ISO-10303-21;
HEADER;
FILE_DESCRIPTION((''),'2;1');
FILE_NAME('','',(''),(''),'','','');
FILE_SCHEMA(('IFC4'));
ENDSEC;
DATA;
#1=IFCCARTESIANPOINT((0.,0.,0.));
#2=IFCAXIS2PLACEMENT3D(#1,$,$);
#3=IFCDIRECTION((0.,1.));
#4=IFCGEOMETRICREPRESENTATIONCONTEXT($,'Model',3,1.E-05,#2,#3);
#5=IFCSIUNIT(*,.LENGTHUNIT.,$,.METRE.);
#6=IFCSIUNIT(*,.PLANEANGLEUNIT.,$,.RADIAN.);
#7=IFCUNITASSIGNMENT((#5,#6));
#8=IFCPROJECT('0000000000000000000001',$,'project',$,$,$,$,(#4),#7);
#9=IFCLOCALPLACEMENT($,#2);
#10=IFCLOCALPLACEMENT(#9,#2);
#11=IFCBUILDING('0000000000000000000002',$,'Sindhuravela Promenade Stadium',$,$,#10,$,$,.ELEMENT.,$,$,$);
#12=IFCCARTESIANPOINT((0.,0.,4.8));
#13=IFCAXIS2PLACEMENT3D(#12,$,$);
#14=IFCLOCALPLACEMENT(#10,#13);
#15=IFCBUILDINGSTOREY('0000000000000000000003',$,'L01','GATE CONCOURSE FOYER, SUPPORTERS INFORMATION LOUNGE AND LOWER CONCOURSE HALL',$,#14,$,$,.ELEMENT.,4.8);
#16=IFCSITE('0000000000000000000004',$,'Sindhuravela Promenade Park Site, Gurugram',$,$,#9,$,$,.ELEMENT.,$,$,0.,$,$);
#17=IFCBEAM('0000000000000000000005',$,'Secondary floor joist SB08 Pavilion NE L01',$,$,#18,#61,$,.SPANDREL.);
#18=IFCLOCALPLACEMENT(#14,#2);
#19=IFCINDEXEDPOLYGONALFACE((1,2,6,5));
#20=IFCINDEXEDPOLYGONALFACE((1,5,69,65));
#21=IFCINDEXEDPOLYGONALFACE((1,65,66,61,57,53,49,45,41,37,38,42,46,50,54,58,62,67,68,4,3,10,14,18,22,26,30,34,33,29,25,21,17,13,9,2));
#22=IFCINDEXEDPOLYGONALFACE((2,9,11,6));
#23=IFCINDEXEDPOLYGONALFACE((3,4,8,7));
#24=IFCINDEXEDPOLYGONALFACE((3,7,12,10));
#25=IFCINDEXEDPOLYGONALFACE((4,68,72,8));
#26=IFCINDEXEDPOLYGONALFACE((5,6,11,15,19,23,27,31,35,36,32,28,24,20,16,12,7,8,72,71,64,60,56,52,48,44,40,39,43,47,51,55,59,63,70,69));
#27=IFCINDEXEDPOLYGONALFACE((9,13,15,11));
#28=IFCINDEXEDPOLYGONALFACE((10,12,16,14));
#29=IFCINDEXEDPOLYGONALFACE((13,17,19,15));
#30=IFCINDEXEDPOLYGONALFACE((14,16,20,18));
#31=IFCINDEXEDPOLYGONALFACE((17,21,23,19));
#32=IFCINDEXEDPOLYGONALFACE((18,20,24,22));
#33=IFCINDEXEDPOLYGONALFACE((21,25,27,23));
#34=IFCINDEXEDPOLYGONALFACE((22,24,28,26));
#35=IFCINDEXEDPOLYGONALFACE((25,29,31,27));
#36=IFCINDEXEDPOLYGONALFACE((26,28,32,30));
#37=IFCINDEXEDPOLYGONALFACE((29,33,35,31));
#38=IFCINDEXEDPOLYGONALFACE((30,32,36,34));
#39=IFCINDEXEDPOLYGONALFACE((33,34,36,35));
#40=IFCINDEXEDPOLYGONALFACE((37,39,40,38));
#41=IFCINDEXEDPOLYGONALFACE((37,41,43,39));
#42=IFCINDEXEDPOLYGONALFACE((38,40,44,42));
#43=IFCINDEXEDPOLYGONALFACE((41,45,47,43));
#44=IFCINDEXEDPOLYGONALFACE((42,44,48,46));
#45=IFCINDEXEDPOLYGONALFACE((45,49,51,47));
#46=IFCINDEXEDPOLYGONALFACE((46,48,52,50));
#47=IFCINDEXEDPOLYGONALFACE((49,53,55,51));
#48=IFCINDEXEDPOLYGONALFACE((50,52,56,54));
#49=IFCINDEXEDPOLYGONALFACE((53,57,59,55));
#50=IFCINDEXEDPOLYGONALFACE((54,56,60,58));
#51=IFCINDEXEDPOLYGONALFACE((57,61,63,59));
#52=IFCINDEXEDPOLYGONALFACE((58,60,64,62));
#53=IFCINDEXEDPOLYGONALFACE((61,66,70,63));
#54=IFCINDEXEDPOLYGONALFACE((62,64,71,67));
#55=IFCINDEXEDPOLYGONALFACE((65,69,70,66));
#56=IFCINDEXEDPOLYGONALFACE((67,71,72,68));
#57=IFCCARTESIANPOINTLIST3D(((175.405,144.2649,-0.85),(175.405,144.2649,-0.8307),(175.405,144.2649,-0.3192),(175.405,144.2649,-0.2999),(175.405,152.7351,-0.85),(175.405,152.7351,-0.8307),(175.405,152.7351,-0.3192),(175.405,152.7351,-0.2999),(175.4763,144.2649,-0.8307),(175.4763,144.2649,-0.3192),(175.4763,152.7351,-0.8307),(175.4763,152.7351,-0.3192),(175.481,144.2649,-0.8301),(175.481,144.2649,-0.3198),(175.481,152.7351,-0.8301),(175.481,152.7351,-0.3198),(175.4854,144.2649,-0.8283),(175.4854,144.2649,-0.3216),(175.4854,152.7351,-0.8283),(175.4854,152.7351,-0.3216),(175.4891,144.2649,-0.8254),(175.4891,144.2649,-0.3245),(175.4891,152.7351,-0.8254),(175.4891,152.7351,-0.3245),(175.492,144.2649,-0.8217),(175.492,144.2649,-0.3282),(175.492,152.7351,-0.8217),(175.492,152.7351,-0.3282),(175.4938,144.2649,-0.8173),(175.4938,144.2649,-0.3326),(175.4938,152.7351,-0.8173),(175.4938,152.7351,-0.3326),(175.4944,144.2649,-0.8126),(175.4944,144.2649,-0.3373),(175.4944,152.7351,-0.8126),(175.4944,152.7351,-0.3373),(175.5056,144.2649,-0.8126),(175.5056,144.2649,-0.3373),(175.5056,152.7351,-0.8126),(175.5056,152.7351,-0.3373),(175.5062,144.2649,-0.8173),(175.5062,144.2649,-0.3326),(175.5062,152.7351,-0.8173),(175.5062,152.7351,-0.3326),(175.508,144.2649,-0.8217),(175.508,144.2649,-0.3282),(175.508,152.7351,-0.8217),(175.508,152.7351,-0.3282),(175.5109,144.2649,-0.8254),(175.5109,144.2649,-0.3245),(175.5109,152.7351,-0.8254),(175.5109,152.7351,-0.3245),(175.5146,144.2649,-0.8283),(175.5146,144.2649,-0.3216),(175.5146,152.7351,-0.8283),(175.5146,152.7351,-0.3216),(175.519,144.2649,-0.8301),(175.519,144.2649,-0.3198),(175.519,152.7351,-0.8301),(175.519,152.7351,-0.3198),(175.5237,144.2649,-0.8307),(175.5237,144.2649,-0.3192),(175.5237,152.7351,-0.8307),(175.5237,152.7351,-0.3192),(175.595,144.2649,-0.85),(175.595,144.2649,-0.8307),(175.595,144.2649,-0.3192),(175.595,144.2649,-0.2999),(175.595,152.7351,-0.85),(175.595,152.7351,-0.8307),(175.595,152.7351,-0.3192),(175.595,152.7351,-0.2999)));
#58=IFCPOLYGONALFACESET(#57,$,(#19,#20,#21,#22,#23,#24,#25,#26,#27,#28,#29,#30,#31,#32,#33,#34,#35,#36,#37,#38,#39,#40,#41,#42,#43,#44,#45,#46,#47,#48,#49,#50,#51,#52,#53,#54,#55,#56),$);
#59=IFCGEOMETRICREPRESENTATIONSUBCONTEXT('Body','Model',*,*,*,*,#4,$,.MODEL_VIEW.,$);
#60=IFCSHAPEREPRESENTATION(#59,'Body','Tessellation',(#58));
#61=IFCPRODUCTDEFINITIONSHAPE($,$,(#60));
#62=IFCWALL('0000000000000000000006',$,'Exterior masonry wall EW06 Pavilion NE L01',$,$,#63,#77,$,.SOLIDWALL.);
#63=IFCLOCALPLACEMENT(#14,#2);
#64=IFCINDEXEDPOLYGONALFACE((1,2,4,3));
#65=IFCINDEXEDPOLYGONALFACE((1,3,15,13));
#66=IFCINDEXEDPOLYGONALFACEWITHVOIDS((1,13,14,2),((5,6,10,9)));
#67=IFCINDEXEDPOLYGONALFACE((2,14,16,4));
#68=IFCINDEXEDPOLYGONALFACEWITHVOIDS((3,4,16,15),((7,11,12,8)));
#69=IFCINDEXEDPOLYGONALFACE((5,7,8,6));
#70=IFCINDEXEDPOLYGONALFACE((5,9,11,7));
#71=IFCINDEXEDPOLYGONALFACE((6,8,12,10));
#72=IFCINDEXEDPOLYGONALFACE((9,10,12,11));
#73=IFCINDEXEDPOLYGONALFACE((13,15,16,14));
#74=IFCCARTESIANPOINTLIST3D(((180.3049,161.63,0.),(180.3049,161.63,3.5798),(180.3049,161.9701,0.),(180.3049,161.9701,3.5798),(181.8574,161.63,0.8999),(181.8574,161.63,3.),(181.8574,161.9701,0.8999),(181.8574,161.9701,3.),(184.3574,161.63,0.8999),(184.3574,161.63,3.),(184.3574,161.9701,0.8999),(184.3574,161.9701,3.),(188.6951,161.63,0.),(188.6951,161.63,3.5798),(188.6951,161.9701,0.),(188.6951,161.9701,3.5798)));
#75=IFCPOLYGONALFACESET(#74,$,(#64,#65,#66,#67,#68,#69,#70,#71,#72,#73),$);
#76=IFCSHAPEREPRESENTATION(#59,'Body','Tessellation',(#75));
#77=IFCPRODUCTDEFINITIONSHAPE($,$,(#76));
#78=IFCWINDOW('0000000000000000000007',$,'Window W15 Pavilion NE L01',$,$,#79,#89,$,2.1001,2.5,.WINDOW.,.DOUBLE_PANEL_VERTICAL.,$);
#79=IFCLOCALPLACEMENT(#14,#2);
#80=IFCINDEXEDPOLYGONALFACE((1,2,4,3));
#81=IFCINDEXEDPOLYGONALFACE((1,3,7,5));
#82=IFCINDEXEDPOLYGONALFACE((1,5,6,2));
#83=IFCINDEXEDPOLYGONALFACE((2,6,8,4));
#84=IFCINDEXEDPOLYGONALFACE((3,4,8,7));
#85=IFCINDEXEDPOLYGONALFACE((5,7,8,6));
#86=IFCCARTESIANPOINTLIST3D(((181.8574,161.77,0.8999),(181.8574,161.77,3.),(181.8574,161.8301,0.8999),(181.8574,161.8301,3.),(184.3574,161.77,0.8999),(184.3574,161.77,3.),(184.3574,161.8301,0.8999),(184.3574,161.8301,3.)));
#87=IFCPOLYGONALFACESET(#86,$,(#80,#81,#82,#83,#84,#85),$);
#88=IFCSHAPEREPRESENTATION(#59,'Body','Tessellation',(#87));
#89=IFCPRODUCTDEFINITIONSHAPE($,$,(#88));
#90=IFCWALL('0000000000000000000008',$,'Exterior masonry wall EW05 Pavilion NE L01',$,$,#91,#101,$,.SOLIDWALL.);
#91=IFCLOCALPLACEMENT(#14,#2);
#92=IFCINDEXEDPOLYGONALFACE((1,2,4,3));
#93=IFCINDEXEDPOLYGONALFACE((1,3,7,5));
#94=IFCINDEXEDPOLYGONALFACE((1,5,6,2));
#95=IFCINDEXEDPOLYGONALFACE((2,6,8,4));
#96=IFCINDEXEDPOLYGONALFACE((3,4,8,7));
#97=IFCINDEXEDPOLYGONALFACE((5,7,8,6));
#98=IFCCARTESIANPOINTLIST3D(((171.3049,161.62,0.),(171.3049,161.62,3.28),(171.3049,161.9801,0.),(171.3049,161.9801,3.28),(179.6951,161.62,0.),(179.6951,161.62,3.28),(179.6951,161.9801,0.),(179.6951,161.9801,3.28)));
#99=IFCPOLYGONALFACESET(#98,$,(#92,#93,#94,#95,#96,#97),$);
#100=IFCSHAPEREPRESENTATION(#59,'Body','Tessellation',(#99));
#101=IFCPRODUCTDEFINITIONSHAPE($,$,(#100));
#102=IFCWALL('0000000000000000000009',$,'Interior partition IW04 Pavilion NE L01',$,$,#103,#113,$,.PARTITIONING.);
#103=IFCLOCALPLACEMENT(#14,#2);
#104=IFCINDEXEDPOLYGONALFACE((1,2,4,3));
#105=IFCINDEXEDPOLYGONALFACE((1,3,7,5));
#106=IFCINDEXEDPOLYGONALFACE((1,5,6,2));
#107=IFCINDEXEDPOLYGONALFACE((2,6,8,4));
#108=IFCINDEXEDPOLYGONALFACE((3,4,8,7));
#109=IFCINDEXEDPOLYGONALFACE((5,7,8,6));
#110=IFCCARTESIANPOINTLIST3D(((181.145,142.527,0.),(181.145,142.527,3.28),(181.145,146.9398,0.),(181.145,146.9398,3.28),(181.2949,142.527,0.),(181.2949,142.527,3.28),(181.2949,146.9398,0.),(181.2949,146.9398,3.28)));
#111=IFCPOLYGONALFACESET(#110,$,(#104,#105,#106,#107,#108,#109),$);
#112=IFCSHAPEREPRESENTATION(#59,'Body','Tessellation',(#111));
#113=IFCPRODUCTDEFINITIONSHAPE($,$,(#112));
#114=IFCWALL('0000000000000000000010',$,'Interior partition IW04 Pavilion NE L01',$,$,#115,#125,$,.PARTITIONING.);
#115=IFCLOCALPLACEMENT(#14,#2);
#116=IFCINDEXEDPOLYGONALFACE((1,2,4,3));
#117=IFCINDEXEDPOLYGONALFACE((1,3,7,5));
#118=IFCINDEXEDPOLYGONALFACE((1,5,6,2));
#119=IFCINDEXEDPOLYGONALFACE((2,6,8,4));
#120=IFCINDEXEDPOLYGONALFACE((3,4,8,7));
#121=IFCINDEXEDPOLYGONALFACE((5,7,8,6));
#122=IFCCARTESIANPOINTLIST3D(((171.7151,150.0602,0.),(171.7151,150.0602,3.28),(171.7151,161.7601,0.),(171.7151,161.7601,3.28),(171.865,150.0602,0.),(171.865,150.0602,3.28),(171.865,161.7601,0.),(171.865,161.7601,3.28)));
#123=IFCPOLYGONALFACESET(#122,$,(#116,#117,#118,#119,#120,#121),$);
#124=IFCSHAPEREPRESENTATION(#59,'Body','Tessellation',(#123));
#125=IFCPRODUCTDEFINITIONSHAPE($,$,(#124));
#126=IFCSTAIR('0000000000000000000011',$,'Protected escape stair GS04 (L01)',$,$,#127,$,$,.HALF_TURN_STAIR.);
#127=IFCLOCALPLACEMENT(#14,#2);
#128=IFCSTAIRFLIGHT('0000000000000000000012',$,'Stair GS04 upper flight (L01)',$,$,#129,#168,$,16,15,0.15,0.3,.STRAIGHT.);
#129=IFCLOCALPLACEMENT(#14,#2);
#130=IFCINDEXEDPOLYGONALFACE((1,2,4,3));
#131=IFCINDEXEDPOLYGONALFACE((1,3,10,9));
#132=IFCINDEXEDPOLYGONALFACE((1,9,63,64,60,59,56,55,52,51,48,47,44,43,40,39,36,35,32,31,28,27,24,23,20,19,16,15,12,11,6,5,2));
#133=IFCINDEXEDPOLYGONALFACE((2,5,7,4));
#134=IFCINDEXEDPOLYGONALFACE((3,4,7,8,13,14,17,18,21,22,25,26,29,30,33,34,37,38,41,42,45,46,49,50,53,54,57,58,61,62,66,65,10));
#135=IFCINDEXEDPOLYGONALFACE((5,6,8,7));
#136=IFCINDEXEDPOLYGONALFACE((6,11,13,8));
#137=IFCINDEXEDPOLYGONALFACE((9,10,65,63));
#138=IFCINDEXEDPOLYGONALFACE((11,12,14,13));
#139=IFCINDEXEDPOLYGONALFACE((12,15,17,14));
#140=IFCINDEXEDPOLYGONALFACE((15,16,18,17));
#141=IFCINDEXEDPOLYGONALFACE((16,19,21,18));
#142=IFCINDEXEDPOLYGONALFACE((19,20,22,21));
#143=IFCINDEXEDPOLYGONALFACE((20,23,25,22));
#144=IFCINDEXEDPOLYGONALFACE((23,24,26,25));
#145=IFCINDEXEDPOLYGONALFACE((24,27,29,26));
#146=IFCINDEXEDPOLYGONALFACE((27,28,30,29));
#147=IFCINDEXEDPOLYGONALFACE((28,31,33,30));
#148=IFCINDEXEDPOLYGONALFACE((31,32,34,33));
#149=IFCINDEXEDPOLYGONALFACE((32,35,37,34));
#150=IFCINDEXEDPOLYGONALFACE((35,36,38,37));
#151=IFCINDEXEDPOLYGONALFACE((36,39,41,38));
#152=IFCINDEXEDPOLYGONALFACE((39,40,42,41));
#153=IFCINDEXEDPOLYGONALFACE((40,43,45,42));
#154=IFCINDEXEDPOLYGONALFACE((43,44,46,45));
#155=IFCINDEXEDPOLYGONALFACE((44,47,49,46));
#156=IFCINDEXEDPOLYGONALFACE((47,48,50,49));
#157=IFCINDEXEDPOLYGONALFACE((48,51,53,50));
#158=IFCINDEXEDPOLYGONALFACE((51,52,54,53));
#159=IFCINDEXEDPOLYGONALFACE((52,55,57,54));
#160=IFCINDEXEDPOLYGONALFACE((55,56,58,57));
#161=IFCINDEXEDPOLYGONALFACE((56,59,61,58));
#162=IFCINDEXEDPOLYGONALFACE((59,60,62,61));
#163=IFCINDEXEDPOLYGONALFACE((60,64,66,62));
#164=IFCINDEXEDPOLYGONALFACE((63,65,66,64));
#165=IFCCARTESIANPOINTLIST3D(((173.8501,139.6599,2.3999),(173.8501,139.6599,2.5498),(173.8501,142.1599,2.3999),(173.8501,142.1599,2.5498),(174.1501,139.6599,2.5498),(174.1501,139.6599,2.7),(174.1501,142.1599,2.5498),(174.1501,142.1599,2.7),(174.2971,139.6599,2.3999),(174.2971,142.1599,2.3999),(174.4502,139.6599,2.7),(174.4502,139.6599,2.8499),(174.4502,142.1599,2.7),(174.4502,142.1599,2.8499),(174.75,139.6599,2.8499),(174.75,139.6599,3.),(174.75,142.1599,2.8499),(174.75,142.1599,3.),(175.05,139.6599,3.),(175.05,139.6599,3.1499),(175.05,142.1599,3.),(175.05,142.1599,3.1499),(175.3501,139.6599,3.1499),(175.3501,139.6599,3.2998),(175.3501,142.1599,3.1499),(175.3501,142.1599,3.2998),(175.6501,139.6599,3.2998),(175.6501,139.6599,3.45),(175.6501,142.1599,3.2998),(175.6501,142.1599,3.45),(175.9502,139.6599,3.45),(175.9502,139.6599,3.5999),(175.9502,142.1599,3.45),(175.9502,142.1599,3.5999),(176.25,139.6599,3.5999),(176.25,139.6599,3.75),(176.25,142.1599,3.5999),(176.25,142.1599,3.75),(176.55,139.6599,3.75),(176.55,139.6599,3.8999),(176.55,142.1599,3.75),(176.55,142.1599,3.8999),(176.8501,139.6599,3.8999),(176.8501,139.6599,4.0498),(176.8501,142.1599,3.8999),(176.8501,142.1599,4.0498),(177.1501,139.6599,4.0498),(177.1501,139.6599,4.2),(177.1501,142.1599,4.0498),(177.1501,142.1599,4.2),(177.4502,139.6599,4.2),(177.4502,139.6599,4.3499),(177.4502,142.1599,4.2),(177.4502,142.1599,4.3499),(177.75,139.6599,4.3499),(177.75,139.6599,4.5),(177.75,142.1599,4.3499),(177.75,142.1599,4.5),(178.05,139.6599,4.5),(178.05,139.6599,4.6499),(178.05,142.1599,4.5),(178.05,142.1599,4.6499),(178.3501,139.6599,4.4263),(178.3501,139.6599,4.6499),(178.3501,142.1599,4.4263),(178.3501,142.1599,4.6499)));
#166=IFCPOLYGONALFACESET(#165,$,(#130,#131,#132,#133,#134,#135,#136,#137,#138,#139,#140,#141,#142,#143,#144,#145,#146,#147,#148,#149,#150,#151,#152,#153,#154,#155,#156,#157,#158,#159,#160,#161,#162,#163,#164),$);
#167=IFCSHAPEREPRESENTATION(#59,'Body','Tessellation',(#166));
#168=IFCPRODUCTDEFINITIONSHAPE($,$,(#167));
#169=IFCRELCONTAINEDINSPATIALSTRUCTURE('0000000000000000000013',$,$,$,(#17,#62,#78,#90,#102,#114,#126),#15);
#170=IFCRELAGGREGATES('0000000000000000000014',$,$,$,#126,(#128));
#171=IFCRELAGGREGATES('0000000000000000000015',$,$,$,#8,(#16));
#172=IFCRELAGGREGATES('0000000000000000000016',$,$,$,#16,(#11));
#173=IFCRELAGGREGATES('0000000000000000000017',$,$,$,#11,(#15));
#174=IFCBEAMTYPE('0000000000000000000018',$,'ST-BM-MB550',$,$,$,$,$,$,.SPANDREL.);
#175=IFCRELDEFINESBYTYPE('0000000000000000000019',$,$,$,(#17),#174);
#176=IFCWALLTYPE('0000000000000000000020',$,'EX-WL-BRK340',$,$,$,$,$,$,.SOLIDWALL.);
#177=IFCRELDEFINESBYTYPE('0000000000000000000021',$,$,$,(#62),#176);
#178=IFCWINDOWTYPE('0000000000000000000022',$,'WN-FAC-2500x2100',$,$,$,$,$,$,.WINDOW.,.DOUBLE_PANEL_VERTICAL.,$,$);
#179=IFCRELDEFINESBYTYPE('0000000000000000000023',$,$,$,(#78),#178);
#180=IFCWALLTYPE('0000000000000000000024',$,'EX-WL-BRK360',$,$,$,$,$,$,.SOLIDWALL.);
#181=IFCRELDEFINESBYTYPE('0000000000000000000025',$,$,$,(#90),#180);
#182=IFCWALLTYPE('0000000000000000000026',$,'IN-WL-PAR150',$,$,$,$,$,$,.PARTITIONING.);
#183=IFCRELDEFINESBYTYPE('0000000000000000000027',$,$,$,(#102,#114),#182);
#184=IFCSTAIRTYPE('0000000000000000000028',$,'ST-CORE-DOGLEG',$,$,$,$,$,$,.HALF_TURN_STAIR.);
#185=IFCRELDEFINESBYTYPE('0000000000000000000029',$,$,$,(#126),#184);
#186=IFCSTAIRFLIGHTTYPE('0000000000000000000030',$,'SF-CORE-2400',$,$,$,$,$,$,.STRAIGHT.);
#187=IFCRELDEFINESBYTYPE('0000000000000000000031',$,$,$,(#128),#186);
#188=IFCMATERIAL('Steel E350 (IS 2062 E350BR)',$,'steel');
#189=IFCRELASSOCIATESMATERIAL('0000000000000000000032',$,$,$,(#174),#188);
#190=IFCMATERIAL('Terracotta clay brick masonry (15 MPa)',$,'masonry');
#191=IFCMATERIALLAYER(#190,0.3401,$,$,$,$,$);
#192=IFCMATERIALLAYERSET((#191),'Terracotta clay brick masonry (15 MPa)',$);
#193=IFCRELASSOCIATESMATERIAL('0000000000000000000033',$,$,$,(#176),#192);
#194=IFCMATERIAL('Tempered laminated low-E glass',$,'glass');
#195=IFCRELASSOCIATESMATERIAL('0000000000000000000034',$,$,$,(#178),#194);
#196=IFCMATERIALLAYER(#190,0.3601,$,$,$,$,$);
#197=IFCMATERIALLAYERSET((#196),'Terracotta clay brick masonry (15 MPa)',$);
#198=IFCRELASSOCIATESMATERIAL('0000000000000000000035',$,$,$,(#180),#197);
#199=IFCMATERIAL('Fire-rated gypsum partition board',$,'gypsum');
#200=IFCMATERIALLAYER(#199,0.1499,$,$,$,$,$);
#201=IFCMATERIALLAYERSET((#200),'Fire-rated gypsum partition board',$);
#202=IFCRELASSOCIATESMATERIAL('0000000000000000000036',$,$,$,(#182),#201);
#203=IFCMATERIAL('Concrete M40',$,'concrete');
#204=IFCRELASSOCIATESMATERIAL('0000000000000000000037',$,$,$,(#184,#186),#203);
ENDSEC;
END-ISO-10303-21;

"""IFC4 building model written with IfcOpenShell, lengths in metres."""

from ifc_helpers import new_model, si_unit, direction, frame, frame_2d, origin, origin_2d, place, context, subcontext, project, spatial, polyline, rectangle, i_section, outline, extrude, material, layer, layer_set, material_profile, profile_set, type_object, element, fill, aggregate, save


model = new_model("IFC4")

# Units and contexts
model_context = context("Model", 3, precision=1e-05, world=origin(), true_north=direction((0.0, 1.0)))
body_context = subcontext(model_context, "Body", "Model", "MODEL_VIEW")
ifc_project = project(units=[si_unit("LENGTHUNIT", "METRE"), si_unit("PLANEANGLEUNIT", "RADIAN")], contexts=[model_context])

# Site, building, storey
site_placement = place(None, origin())
site = spatial("IfcSite", under=ifc_project, at=site_placement, Name="Sindhuravela Promenade Park Site, Gurugram", CompositionType="ELEMENT", RefElevation=0.0)
building_placement = place(site_placement, origin())
building = spatial("IfcBuilding", under=site, at=building_placement, Name="Sindhuravela Promenade Stadium", CompositionType="ELEMENT")
storey_placement = place(building_placement, frame((0.0, 0.0, 4.8)))
storey = spatial("IfcBuildingStorey", under=building, at=storey_placement, Name="L01", Description="GATE CONCOURSE FOYER, SUPPORTERS INFORMATION LOUNGE AND LOWER CONCOURSE HALL", CompositionType="ELEMENT", Elevation=4.8)

# Shared definitions
ifc_material_1 = material(Name="Concrete M40", Category="concrete")

# Beam
ifc_material_2 = material(Name="Steel E350 (IS 2062 E350BR)", Category="steel")
ifc_material_profile_1 = material_profile(ifc_material_2, i_section(OverallWidth=0.1899, OverallDepth=0.55, WebThickness=0.0112, FlangeThickness=0.0193, FilletRadius=0.0181, at=origin_2d()), Name="ISMB 550")
ifc_profile_set_1 = profile_set([ifc_material_profile_1], Name="Steel E350 (IS 2062 E350BR)")
beam_type_1 = type_object("IfcBeamType", Name="ST-BM-MB550", PredefinedType="SPANDREL", material=ifc_profile_set_1)
beam_1_placement = place(storey_placement, frame((175.5, 144.2649, -0.575), z_axis=(0.0, 1.0, 0.0), x_axis=(-1.0, 0.0, 0.0)))
element("IfcBeam", 1, at=beam_1_placement, inside=storey, type_object=beam_type_1, Name="Secondary floor joist SB08 Pavilion NE L01", PredefinedType="SPANDREL", context=body_context, shape_type="SweptSolid", body=[
    extrude(i_section(OverallWidth=0.1899, OverallDepth=0.55, WebThickness=0.0112, FlangeThickness=0.0193, FilletRadius=0.0181, at=origin_2d()), origin(), (0.0, 0.0, 1.0), 8.4702),
])

# Wall, opening, window
ifc_material_3 = material(Name="Terracotta clay brick masonry (15 MPa)", Category="masonry")
ifc_layer_1 = layer(ifc_material_3, 0.3401)
ifc_layer_set_1 = layer_set([ifc_layer_1], Name="Terracotta clay brick masonry (15 MPa)")
wall_type_1 = type_object("IfcWallType", Name="EX-WL-BRK340", PredefinedType="SOLIDWALL", material=ifc_layer_set_1)
wall_1_placement = place(storey_placement, frame((180.3049, 161.8, 0.0), z_axis=(0.0, 0.0, 1.0), x_axis=(1.0, 0.0, 0.0)))
wall_1 = element("IfcWall", 2, at=wall_1_placement, inside=storey, type_object=wall_type_1, Name="Exterior masonry wall EW06 Pavilion NE L01", PredefinedType="SOLIDWALL", context=body_context, shape_type="SweptSolid", body=[
    extrude(rectangle(XDim=8.3901, YDim=0.3401, at=frame_2d((4.1951, 0.0))), origin(), (0.0, 0.0, 1.0), 3.5798),
])
opening_placement = place(wall_1_placement, frame((1.5525, 0.0, 0.8999)))
opening = element("IfcOpeningElement", 3, at=opening_placement, cuts=wall_1, PredefinedType="OPENING", context=body_context, shape_type="SweptSolid", body=[
    extrude(rectangle(XDim=2.5, YDim=2.1001, at=frame_2d((1.25, 1.05))), frame((0.0, 0.1799, 0.0), z_axis=(0.0, -1.0, 0.0), x_axis=(1.0, 0.0, 0.0)), (0.0, 0.0, 1.0), 0.3601),
])
ifc_material_4 = material(Name="Tempered laminated low-E glass", Category="glass")
window_type = type_object("IfcWindowType", Name="WN-FAC-2500x2100", PartitioningType="DOUBLE_PANEL_VERTICAL", PredefinedType="WINDOW", material=ifc_material_4)
window_placement = place(opening_placement, origin())
window = element("IfcWindow", 4, at=window_placement, inside=storey, type_object=window_type, Name="Window W15 Pavilion NE L01", OverallHeight=2.1001, OverallWidth=2.5, PartitioningType="DOUBLE_PANEL_VERTICAL", PredefinedType="WINDOW", context=body_context, shape_type="SweptSolid", body=[
    extrude(rectangle(XDim=2.5, YDim=2.1001, at=frame_2d((1.25, 1.05))), frame((0.0, 0.03, 0.0), z_axis=(0.0, -1.0, 0.0), x_axis=(1.0, 0.0, 0.0)), (0.0, 0.0, 1.0), 0.0601),
])
fill(opening, window)

# Walls
ifc_layer_2 = layer(ifc_material_3, 0.3601)
ifc_layer_set_2 = layer_set([ifc_layer_2], Name="Terracotta clay brick masonry (15 MPa)")
wall_type_2 = type_object("IfcWallType", Name="EX-WL-BRK360", PredefinedType="SOLIDWALL", material=ifc_layer_set_2)
wall_2_placement = place(storey_placement, frame((171.3049, 161.8, 0.0), z_axis=(0.0, 0.0, 1.0), x_axis=(1.0, 0.0, 0.0)))
element("IfcWall", 5, at=wall_2_placement, inside=storey, type_object=wall_type_2, Name="Exterior masonry wall EW05 Pavilion NE L01", PredefinedType="SOLIDWALL", context=body_context, shape_type="SweptSolid", body=[
    extrude(rectangle(XDim=8.3901, YDim=0.3601, at=frame_2d((4.1951, 0.0))), origin(), (0.0, 0.0, 1.0), 3.28),
])
ifc_material_5 = material(Name="Fire-rated gypsum partition board", Category="gypsum")
ifc_layer_3 = layer(ifc_material_5, 0.1499)
ifc_layer_set_3 = layer_set([ifc_layer_3], Name="Fire-rated gypsum partition board")
wall_type_3 = type_object("IfcWallType", Name="IN-WL-PAR150", PredefinedType="PARTITIONING", material=ifc_layer_set_3)
wall_3_placement = place(storey_placement, frame((181.22, 146.9399, 0.0), z_axis=(0.0, 0.0, 1.0), x_axis=(0.0, -1.0, 0.0)))
element("IfcWall", 6, at=wall_3_placement, inside=storey, type_object=wall_type_3, Name="Interior partition IW04 Pavilion NE L01", PredefinedType="PARTITIONING", context=body_context, shape_type="SweptSolid", body=[
    extrude(rectangle(XDim=4.4128, YDim=0.1499, at=frame_2d((2.2065, 0.0))), origin(), (0.0, 0.0, 1.0), 3.28),
])
wall_4_placement = place(storey_placement, frame((171.79, 150.0601, 0.0), z_axis=(0.0, 0.0, 1.0), x_axis=(0.0, 1.0, 0.0)))
element("IfcWall", 7, at=wall_4_placement, inside=storey, type_object=wall_type_3, Name="Interior partition IW04 Pavilion NE L01", PredefinedType="PARTITIONING", context=body_context, shape_type="SweptSolid", body=[
    extrude(rectangle(XDim=11.7, YDim=0.1499, at=frame_2d((5.8501, 0.0))), origin(), (0.0, 0.0, 1.0), 3.28),
])

# Stair, stair flight
stair_type = type_object("IfcStairType", Name="ST-CORE-DOGLEG", PredefinedType="HALF_TURN_STAIR", material=ifc_material_1)
stair_placement = place(storey_placement, origin())
stair = element("IfcStair", 8, at=stair_placement, inside=storey, type_object=stair_type, Name="Protected escape stair GS04 (L01)", PredefinedType="HALF_TURN_STAIR")
stair_flight_type = type_object("IfcStairFlightType", Name="SF-CORE-2400", PredefinedType="STRAIGHT", material=ifc_material_1)
stair_flight_placement = place(storey_placement, frame((173.8501, 140.9099, 2.3999), z_axis=(0.0, 0.0, 1.0), x_axis=(1.0, 0.0, 0.0)))
stair_flight = element("IfcStairFlight", 9, at=stair_flight_placement, type_object=stair_flight_type, Name="Stair GS04 upper flight (L01)", NumberOfRisers=16, NumberOfTreads=15, PredefinedType="STRAIGHT", RiserHeight=0.15, TreadLength=0.3, context=body_context, shape_type="SweptSolid", body=[
    extrude(outline(polyline([(0.0, 0.0), (0.0, 0.1499), (0.3, 0.1499), (0.3, 0.3), (0.6001, 0.3), (0.6001, 0.45), (0.8999, 0.45), (0.8999, 0.6001), (1.2, 0.6001), (1.2, 0.75), (1.5, 0.75), (1.5, 0.8999), (1.8, 0.8999), (1.8, 1.05), (2.1001, 1.05), (2.1001, 1.2), (2.3999, 1.2), (2.3999, 1.3501), (2.7, 1.3501), (2.7, 1.5), (3.0, 1.5), (3.0, 1.6499), (3.3, 1.6499), (3.3, 1.8), (3.6001, 1.8), (3.6001, 1.95), (3.8999, 1.95), (3.8999, 2.1001), (4.2, 2.1001), (4.2, 2.25), (4.5, 2.25), (4.5, 2.3999), (4.5, 2.0264), (0.447, 0.0), (0.0, 0.0)])), frame((0.0, 1.25, 0.0), z_axis=(0.0, -1.0, 0.0), x_axis=(1.0, 0.0, 0.0)), (0.0, 0.0, 1.0), 2.5),
])
aggregate(stair, [stair_flight])

save(model, "model.ifc")
